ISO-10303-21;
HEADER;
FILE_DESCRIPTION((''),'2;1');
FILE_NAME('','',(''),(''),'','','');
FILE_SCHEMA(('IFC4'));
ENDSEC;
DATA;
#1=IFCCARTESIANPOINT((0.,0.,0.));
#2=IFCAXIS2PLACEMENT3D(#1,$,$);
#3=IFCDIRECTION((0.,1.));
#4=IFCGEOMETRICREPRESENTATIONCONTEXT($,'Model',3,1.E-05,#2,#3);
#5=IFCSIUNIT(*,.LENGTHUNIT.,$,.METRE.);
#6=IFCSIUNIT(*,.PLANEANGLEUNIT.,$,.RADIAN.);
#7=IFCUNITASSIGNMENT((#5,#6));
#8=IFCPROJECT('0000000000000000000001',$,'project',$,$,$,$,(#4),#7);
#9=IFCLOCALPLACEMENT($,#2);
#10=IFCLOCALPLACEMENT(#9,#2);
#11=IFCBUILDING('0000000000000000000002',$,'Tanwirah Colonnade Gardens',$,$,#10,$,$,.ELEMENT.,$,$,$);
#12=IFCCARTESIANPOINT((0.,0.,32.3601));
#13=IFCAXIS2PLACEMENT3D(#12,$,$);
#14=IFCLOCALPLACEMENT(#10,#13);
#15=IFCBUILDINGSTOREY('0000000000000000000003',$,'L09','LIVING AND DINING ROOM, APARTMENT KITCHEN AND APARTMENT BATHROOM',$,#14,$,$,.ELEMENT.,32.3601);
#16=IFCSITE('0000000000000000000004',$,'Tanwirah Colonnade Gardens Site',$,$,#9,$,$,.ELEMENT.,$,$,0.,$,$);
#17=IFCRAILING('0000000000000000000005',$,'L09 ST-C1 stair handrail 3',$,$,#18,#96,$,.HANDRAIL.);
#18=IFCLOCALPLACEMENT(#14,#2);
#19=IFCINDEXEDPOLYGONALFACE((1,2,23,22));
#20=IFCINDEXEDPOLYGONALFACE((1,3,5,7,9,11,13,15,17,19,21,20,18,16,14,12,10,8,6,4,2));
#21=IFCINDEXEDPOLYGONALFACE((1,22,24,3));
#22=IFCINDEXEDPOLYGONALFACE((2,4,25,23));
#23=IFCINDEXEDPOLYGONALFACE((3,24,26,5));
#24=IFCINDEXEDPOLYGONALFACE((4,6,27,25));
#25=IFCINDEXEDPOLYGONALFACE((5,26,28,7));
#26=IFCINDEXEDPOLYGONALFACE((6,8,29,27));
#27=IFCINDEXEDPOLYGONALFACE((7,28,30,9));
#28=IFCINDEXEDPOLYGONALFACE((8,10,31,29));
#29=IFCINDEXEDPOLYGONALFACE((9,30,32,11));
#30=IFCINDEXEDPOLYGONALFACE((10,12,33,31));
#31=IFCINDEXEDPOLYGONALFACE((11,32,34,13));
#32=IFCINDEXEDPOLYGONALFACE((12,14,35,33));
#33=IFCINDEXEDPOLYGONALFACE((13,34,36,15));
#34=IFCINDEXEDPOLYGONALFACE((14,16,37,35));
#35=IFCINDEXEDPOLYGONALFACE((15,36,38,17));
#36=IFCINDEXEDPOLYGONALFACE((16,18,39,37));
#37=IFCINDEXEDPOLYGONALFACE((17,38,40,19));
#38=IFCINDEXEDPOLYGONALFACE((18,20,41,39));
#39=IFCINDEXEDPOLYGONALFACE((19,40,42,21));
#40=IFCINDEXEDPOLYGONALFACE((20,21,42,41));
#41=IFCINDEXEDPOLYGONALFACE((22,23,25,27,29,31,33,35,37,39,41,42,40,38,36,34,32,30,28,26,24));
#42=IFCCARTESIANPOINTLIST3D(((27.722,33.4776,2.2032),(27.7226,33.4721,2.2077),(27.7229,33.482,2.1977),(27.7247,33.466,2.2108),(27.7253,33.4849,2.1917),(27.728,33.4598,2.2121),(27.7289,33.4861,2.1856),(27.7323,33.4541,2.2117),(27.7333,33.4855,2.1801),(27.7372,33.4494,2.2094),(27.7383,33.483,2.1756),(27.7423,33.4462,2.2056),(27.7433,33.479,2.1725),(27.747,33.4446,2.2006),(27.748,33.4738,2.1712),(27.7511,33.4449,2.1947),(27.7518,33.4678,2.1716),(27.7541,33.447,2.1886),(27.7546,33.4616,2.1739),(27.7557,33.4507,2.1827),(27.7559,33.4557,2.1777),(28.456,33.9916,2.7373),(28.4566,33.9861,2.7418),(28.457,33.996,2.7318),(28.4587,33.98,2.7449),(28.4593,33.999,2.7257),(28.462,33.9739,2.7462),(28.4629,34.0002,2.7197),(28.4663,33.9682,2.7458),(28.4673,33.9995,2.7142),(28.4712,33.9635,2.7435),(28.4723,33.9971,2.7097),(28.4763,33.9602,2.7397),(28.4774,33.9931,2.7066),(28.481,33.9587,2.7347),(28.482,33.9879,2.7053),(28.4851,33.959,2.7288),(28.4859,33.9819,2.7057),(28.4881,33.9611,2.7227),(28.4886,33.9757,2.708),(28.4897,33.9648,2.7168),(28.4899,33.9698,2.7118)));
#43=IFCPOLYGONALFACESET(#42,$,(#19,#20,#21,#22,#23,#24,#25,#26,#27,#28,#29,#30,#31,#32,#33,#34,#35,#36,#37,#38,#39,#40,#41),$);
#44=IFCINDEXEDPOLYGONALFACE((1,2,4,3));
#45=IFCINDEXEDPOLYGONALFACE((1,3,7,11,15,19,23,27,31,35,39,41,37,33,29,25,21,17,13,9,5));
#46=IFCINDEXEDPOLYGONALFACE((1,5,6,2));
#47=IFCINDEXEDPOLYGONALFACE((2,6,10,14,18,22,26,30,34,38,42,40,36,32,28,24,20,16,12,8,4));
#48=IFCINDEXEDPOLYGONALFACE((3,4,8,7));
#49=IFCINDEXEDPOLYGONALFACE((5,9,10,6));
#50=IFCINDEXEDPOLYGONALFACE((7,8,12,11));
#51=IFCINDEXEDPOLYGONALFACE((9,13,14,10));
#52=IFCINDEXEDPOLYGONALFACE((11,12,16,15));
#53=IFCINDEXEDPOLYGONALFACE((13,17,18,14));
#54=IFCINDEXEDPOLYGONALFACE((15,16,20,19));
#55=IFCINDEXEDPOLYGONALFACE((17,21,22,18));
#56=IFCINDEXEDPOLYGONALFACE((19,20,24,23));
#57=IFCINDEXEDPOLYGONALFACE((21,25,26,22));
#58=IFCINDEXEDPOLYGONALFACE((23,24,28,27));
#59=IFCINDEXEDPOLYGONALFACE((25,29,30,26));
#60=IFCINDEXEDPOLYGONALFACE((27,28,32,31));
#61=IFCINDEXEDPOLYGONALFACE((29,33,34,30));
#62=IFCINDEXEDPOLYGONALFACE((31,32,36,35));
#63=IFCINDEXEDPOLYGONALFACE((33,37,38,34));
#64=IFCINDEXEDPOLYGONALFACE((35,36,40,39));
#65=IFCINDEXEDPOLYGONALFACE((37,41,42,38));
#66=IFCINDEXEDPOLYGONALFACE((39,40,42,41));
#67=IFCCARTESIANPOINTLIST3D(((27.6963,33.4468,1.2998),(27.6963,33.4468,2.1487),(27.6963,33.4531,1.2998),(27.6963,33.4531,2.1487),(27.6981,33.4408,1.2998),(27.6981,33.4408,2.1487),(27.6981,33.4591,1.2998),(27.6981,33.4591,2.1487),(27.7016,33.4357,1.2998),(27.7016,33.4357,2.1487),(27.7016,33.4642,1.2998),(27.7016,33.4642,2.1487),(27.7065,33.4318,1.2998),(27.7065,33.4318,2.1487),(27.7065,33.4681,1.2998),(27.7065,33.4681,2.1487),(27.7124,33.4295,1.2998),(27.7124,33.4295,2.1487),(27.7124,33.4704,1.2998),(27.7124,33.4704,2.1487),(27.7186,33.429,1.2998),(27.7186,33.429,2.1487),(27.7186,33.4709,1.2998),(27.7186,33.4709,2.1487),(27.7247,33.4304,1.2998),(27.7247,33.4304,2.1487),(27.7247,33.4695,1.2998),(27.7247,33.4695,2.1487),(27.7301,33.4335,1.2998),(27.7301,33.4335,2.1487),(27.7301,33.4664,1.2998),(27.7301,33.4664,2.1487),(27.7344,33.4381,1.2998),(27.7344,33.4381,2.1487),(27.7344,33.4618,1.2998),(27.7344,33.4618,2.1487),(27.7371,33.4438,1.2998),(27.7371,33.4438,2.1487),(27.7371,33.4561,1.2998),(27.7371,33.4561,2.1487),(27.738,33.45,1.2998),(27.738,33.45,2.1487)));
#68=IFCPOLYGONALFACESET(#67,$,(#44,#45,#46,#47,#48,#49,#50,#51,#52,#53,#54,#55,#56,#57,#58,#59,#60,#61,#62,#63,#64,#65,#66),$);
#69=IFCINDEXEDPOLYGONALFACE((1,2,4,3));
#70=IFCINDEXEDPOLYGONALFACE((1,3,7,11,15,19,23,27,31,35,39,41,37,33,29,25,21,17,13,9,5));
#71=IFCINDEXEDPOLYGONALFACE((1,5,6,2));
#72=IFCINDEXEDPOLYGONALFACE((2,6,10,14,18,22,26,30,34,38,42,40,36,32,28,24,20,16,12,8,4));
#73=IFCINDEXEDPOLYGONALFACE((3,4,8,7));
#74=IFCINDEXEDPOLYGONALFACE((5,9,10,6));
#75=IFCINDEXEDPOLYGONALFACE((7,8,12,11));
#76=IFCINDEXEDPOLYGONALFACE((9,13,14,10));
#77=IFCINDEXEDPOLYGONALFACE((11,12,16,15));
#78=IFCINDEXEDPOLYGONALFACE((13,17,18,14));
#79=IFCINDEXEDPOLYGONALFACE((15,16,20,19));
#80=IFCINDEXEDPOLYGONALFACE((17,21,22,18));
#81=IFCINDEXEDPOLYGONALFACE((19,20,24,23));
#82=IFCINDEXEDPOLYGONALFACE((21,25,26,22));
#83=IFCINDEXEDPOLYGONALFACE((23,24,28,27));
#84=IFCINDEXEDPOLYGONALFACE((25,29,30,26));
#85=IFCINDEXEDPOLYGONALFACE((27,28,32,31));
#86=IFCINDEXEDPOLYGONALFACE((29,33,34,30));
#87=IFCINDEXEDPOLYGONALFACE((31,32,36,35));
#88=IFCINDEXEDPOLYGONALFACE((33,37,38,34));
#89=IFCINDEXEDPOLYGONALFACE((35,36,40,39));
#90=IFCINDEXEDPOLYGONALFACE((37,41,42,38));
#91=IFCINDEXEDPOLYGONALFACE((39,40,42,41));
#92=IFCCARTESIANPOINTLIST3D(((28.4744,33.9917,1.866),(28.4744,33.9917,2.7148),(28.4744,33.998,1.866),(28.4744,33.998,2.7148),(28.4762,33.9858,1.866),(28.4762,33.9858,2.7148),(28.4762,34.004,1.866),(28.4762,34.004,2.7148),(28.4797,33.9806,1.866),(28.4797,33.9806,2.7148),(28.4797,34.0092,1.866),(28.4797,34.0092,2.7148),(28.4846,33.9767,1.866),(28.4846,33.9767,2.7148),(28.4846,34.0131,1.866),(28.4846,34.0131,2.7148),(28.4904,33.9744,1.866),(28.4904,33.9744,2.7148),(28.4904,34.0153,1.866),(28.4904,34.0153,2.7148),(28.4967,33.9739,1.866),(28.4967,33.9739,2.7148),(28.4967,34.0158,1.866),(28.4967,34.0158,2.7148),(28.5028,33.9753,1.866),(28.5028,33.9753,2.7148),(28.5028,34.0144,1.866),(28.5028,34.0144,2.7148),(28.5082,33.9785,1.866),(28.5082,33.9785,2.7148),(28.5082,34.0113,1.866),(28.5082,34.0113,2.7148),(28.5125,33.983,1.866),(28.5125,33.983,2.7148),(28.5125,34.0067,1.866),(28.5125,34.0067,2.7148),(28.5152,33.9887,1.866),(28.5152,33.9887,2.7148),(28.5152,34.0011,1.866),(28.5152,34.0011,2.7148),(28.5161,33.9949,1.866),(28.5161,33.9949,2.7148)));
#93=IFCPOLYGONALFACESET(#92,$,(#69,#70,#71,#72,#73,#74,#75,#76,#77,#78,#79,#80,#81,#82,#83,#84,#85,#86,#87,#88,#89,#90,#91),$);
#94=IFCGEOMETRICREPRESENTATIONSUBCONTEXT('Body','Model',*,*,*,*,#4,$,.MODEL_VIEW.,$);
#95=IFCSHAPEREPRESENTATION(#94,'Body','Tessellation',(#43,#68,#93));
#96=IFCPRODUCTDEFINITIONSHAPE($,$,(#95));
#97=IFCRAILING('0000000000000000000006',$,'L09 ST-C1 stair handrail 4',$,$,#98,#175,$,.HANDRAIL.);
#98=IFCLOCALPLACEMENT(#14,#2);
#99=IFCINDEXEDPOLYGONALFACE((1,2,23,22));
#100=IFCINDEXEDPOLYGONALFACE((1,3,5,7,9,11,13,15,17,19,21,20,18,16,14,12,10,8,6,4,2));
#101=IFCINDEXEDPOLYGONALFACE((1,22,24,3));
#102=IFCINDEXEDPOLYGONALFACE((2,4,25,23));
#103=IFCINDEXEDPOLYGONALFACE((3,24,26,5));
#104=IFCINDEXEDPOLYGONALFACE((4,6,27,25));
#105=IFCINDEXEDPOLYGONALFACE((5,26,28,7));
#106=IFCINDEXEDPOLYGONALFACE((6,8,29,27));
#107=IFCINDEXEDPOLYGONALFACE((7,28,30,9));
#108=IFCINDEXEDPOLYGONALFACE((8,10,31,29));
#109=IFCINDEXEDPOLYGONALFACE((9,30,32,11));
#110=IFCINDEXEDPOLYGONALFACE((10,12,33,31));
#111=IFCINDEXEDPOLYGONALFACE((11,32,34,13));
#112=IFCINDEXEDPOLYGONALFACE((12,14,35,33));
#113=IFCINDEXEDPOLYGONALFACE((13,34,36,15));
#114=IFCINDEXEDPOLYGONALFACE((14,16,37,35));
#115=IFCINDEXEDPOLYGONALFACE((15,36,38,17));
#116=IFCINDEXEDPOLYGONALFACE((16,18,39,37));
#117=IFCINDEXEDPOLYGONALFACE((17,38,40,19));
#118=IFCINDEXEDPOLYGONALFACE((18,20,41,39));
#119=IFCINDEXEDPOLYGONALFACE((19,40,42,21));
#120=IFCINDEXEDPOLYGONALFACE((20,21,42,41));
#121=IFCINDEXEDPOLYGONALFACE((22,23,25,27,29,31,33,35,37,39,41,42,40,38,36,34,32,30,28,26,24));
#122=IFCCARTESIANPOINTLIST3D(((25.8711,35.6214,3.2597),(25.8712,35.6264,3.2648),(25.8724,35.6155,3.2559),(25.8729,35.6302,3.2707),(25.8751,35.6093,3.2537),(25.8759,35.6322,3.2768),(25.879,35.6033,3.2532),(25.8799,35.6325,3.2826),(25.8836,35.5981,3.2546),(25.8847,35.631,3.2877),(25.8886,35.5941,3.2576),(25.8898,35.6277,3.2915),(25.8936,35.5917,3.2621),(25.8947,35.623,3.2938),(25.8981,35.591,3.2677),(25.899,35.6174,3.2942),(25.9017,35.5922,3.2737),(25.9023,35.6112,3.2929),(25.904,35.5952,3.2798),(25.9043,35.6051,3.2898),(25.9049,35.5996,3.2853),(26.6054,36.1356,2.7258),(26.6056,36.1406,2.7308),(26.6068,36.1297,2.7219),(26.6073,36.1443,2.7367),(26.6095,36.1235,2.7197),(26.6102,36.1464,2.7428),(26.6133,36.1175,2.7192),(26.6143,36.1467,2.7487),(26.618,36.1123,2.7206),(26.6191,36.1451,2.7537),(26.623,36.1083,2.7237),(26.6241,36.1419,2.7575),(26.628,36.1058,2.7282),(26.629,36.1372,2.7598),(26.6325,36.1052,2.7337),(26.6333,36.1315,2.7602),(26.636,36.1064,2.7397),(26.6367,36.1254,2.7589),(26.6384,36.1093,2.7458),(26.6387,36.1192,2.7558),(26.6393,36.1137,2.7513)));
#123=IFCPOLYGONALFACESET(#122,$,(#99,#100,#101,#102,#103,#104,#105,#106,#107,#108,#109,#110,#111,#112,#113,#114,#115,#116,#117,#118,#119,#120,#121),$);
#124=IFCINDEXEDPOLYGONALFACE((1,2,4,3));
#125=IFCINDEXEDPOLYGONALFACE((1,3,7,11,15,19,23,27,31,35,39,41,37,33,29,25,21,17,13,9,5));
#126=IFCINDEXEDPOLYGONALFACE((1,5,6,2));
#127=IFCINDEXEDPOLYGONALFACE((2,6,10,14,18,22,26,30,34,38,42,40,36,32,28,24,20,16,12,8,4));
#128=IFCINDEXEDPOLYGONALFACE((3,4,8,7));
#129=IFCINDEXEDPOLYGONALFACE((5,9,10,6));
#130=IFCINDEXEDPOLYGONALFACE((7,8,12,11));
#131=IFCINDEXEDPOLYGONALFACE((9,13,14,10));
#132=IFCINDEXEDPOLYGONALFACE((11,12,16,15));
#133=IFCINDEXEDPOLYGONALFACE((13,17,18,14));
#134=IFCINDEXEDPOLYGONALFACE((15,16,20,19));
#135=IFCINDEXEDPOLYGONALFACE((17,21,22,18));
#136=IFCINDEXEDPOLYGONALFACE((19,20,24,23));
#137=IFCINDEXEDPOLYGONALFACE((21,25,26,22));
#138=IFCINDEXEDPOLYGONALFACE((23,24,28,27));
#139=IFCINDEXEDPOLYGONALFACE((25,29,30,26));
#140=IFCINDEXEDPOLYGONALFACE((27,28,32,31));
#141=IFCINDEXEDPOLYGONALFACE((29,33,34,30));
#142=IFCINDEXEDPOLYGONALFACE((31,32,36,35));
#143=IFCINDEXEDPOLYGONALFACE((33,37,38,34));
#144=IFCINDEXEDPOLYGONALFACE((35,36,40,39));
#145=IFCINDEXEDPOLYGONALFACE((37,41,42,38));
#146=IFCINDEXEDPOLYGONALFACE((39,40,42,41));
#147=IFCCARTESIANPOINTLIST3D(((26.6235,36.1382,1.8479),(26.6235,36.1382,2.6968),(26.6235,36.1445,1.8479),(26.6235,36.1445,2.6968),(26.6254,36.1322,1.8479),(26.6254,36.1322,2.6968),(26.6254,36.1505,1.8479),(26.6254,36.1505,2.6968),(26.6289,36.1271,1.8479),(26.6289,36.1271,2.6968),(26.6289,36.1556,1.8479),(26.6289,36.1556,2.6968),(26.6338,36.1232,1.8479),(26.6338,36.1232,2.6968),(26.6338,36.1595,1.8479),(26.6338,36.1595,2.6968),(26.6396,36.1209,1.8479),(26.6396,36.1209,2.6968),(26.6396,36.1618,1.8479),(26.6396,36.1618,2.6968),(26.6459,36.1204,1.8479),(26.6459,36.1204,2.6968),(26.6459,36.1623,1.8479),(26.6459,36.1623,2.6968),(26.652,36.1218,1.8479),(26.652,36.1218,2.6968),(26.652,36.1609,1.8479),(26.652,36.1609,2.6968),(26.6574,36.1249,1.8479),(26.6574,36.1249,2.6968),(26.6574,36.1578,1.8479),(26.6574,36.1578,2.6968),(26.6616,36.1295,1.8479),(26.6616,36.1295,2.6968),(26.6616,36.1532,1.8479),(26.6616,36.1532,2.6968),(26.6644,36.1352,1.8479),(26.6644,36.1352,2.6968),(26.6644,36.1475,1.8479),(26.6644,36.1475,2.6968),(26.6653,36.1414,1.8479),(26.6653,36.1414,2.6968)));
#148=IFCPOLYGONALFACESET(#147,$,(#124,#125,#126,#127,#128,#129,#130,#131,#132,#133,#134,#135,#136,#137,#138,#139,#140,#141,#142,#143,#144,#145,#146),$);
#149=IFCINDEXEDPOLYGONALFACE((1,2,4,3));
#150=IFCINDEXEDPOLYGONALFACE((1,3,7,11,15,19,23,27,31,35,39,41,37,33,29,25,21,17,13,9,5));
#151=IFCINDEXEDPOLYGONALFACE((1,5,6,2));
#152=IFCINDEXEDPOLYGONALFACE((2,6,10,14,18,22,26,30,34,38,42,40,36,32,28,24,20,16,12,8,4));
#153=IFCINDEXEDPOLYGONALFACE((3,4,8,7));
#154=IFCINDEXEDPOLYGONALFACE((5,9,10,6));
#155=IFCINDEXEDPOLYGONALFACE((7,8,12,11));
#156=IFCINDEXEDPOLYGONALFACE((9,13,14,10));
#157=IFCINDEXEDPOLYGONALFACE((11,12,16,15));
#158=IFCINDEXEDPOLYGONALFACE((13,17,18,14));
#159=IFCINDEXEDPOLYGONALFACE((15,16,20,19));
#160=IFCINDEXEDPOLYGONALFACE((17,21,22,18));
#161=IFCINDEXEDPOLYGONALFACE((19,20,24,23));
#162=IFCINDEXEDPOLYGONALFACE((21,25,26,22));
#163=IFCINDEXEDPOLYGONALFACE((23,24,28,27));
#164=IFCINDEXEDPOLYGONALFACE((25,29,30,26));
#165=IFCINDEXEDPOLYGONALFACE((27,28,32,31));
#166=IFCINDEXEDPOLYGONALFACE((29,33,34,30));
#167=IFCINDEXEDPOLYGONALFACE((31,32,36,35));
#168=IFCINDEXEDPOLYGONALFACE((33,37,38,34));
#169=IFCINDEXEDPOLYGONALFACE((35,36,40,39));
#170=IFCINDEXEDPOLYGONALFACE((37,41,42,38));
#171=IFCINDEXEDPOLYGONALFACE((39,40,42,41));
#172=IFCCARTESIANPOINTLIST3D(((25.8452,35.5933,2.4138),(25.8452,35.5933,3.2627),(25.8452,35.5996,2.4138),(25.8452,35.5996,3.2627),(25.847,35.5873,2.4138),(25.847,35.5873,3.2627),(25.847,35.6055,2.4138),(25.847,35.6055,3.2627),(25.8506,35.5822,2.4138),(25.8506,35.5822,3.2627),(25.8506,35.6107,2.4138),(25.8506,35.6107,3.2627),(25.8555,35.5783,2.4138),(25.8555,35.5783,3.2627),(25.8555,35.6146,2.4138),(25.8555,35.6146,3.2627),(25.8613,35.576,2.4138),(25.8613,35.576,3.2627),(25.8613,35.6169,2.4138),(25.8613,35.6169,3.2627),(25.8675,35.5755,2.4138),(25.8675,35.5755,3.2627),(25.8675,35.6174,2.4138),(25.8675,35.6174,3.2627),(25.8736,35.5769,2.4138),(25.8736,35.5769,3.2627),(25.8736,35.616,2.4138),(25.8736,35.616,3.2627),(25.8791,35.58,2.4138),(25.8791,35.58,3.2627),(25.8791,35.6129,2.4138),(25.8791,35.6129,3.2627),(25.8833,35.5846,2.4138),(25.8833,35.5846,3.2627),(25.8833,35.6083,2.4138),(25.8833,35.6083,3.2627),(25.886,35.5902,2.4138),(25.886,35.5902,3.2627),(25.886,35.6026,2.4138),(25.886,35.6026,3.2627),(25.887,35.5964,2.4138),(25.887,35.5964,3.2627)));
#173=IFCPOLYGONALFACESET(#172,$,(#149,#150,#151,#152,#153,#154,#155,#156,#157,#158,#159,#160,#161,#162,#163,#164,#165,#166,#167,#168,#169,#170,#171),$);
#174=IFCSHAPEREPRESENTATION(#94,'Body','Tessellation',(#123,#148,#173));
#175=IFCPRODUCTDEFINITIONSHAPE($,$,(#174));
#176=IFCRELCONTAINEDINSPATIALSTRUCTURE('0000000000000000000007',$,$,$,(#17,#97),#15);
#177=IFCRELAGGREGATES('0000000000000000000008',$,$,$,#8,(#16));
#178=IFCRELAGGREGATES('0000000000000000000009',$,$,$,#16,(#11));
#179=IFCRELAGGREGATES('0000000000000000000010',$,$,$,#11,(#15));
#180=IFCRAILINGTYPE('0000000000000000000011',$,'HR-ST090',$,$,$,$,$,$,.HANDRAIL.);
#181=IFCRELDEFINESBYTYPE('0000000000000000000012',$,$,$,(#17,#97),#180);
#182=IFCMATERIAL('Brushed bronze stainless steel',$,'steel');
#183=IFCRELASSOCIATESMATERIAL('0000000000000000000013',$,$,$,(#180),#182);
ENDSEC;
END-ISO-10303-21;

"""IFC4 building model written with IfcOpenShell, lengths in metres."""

from ifc_helpers import new_model, si_unit, direction, frame, origin, origin_2d, place, context, subcontext, project, spatial, circle, extrude, material, type_object, element, save


model = new_model("IFC4")

# Units and contexts
model_context = context("Model", 3, precision=1e-05, world=origin(), true_north=direction((0.0, 1.0)))
body_context = subcontext(model_context, "Body", "Model", "MODEL_VIEW")
ifc_project = project(units=[si_unit("LENGTHUNIT", "METRE"), si_unit("PLANEANGLEUNIT", "RADIAN")], contexts=[model_context])

# Site, building, storey
site_placement = place(None, origin())
site = spatial("IfcSite", under=ifc_project, at=site_placement, Name="Tanwirah Colonnade Gardens Site", CompositionType="ELEMENT", RefElevation=0.0)
building_placement = place(site_placement, origin())
building = spatial("IfcBuilding", under=site, at=building_placement, Name="Tanwirah Colonnade Gardens", CompositionType="ELEMENT")
storey_placement = place(building_placement, frame((0.0, 0.0, 32.3601)))
storey = spatial("IfcBuildingStorey", under=building, at=storey_placement, Name="L09", Description="LIVING AND DINING ROOM, APARTMENT KITCHEN AND APARTMENT BATHROOM", CompositionType="ELEMENT", Elevation=32.3601)

# Railings
ifc_material_1 = material(Name="Brushed bronze stainless steel", Category="steel")
railing_type_1 = type_object("IfcRailingType", Name="HR-ST090", PredefinedType="HANDRAIL", material=ifc_material_1)
railing_1_placement = place(storey_placement, frame((27.717, 33.45, 1.2998)))
element("IfcRailing", 1, at=railing_1_placement, inside=storey, type_object=railing_type_1, Name="L09 ST-C1 stair handrail 3", PredefinedType="HANDRAIL", context=body_context, shape_type="SweptSolid", body=[
    extrude(circle(Radius=0.0239, at=origin_2d()), frame((0.022, 0.0154, 0.8918), z_axis=(0.703607, 0.492767, 0.511975), x_axis=(-0.573652, 0.819099, 0.0)), (0.0, 0.0, 1.0), 1.0432),
    extrude(circle(Radius=0.021, at=origin_2d()), origin(), (0.0, 0.0, 1.0), 0.8489),
    extrude(circle(Radius=0.021, at=origin_2d()), frame((0.7781, 0.5449, 0.5662)), (0.0, 0.0, 1.0), 0.8489),
])
railing_2_placement = place(storey_placement, frame((26.6443, 36.1414, 1.8479)))
element("IfcRailing", 2, at=railing_2_placement, inside=storey, type_object=railing_type_1, Name="L09 ST-C1 stair handrail 4", PredefinedType="HANDRAIL", context=body_context, shape_type="SweptSolid", body=[
    extrude(circle(Radius=0.0239, at=origin_2d()), frame((-0.022, -0.0154, 0.8918), z_axis=(-0.703797, -0.492747, 0.511732), x_axis=(0.573531, -0.819184, 0.0)), (0.0, 0.0, 1.0), 1.0435),
    extrude(circle(Radius=0.021, at=origin_2d()), origin(), (0.0, 0.0, 1.0), 0.8489),
    extrude(circle(Radius=0.021, at=origin_2d()), frame((-0.7783, -0.5449, 0.5659)), (0.0, 0.0, 1.0), 0.8489),
])

save(model, "model.ifc")
